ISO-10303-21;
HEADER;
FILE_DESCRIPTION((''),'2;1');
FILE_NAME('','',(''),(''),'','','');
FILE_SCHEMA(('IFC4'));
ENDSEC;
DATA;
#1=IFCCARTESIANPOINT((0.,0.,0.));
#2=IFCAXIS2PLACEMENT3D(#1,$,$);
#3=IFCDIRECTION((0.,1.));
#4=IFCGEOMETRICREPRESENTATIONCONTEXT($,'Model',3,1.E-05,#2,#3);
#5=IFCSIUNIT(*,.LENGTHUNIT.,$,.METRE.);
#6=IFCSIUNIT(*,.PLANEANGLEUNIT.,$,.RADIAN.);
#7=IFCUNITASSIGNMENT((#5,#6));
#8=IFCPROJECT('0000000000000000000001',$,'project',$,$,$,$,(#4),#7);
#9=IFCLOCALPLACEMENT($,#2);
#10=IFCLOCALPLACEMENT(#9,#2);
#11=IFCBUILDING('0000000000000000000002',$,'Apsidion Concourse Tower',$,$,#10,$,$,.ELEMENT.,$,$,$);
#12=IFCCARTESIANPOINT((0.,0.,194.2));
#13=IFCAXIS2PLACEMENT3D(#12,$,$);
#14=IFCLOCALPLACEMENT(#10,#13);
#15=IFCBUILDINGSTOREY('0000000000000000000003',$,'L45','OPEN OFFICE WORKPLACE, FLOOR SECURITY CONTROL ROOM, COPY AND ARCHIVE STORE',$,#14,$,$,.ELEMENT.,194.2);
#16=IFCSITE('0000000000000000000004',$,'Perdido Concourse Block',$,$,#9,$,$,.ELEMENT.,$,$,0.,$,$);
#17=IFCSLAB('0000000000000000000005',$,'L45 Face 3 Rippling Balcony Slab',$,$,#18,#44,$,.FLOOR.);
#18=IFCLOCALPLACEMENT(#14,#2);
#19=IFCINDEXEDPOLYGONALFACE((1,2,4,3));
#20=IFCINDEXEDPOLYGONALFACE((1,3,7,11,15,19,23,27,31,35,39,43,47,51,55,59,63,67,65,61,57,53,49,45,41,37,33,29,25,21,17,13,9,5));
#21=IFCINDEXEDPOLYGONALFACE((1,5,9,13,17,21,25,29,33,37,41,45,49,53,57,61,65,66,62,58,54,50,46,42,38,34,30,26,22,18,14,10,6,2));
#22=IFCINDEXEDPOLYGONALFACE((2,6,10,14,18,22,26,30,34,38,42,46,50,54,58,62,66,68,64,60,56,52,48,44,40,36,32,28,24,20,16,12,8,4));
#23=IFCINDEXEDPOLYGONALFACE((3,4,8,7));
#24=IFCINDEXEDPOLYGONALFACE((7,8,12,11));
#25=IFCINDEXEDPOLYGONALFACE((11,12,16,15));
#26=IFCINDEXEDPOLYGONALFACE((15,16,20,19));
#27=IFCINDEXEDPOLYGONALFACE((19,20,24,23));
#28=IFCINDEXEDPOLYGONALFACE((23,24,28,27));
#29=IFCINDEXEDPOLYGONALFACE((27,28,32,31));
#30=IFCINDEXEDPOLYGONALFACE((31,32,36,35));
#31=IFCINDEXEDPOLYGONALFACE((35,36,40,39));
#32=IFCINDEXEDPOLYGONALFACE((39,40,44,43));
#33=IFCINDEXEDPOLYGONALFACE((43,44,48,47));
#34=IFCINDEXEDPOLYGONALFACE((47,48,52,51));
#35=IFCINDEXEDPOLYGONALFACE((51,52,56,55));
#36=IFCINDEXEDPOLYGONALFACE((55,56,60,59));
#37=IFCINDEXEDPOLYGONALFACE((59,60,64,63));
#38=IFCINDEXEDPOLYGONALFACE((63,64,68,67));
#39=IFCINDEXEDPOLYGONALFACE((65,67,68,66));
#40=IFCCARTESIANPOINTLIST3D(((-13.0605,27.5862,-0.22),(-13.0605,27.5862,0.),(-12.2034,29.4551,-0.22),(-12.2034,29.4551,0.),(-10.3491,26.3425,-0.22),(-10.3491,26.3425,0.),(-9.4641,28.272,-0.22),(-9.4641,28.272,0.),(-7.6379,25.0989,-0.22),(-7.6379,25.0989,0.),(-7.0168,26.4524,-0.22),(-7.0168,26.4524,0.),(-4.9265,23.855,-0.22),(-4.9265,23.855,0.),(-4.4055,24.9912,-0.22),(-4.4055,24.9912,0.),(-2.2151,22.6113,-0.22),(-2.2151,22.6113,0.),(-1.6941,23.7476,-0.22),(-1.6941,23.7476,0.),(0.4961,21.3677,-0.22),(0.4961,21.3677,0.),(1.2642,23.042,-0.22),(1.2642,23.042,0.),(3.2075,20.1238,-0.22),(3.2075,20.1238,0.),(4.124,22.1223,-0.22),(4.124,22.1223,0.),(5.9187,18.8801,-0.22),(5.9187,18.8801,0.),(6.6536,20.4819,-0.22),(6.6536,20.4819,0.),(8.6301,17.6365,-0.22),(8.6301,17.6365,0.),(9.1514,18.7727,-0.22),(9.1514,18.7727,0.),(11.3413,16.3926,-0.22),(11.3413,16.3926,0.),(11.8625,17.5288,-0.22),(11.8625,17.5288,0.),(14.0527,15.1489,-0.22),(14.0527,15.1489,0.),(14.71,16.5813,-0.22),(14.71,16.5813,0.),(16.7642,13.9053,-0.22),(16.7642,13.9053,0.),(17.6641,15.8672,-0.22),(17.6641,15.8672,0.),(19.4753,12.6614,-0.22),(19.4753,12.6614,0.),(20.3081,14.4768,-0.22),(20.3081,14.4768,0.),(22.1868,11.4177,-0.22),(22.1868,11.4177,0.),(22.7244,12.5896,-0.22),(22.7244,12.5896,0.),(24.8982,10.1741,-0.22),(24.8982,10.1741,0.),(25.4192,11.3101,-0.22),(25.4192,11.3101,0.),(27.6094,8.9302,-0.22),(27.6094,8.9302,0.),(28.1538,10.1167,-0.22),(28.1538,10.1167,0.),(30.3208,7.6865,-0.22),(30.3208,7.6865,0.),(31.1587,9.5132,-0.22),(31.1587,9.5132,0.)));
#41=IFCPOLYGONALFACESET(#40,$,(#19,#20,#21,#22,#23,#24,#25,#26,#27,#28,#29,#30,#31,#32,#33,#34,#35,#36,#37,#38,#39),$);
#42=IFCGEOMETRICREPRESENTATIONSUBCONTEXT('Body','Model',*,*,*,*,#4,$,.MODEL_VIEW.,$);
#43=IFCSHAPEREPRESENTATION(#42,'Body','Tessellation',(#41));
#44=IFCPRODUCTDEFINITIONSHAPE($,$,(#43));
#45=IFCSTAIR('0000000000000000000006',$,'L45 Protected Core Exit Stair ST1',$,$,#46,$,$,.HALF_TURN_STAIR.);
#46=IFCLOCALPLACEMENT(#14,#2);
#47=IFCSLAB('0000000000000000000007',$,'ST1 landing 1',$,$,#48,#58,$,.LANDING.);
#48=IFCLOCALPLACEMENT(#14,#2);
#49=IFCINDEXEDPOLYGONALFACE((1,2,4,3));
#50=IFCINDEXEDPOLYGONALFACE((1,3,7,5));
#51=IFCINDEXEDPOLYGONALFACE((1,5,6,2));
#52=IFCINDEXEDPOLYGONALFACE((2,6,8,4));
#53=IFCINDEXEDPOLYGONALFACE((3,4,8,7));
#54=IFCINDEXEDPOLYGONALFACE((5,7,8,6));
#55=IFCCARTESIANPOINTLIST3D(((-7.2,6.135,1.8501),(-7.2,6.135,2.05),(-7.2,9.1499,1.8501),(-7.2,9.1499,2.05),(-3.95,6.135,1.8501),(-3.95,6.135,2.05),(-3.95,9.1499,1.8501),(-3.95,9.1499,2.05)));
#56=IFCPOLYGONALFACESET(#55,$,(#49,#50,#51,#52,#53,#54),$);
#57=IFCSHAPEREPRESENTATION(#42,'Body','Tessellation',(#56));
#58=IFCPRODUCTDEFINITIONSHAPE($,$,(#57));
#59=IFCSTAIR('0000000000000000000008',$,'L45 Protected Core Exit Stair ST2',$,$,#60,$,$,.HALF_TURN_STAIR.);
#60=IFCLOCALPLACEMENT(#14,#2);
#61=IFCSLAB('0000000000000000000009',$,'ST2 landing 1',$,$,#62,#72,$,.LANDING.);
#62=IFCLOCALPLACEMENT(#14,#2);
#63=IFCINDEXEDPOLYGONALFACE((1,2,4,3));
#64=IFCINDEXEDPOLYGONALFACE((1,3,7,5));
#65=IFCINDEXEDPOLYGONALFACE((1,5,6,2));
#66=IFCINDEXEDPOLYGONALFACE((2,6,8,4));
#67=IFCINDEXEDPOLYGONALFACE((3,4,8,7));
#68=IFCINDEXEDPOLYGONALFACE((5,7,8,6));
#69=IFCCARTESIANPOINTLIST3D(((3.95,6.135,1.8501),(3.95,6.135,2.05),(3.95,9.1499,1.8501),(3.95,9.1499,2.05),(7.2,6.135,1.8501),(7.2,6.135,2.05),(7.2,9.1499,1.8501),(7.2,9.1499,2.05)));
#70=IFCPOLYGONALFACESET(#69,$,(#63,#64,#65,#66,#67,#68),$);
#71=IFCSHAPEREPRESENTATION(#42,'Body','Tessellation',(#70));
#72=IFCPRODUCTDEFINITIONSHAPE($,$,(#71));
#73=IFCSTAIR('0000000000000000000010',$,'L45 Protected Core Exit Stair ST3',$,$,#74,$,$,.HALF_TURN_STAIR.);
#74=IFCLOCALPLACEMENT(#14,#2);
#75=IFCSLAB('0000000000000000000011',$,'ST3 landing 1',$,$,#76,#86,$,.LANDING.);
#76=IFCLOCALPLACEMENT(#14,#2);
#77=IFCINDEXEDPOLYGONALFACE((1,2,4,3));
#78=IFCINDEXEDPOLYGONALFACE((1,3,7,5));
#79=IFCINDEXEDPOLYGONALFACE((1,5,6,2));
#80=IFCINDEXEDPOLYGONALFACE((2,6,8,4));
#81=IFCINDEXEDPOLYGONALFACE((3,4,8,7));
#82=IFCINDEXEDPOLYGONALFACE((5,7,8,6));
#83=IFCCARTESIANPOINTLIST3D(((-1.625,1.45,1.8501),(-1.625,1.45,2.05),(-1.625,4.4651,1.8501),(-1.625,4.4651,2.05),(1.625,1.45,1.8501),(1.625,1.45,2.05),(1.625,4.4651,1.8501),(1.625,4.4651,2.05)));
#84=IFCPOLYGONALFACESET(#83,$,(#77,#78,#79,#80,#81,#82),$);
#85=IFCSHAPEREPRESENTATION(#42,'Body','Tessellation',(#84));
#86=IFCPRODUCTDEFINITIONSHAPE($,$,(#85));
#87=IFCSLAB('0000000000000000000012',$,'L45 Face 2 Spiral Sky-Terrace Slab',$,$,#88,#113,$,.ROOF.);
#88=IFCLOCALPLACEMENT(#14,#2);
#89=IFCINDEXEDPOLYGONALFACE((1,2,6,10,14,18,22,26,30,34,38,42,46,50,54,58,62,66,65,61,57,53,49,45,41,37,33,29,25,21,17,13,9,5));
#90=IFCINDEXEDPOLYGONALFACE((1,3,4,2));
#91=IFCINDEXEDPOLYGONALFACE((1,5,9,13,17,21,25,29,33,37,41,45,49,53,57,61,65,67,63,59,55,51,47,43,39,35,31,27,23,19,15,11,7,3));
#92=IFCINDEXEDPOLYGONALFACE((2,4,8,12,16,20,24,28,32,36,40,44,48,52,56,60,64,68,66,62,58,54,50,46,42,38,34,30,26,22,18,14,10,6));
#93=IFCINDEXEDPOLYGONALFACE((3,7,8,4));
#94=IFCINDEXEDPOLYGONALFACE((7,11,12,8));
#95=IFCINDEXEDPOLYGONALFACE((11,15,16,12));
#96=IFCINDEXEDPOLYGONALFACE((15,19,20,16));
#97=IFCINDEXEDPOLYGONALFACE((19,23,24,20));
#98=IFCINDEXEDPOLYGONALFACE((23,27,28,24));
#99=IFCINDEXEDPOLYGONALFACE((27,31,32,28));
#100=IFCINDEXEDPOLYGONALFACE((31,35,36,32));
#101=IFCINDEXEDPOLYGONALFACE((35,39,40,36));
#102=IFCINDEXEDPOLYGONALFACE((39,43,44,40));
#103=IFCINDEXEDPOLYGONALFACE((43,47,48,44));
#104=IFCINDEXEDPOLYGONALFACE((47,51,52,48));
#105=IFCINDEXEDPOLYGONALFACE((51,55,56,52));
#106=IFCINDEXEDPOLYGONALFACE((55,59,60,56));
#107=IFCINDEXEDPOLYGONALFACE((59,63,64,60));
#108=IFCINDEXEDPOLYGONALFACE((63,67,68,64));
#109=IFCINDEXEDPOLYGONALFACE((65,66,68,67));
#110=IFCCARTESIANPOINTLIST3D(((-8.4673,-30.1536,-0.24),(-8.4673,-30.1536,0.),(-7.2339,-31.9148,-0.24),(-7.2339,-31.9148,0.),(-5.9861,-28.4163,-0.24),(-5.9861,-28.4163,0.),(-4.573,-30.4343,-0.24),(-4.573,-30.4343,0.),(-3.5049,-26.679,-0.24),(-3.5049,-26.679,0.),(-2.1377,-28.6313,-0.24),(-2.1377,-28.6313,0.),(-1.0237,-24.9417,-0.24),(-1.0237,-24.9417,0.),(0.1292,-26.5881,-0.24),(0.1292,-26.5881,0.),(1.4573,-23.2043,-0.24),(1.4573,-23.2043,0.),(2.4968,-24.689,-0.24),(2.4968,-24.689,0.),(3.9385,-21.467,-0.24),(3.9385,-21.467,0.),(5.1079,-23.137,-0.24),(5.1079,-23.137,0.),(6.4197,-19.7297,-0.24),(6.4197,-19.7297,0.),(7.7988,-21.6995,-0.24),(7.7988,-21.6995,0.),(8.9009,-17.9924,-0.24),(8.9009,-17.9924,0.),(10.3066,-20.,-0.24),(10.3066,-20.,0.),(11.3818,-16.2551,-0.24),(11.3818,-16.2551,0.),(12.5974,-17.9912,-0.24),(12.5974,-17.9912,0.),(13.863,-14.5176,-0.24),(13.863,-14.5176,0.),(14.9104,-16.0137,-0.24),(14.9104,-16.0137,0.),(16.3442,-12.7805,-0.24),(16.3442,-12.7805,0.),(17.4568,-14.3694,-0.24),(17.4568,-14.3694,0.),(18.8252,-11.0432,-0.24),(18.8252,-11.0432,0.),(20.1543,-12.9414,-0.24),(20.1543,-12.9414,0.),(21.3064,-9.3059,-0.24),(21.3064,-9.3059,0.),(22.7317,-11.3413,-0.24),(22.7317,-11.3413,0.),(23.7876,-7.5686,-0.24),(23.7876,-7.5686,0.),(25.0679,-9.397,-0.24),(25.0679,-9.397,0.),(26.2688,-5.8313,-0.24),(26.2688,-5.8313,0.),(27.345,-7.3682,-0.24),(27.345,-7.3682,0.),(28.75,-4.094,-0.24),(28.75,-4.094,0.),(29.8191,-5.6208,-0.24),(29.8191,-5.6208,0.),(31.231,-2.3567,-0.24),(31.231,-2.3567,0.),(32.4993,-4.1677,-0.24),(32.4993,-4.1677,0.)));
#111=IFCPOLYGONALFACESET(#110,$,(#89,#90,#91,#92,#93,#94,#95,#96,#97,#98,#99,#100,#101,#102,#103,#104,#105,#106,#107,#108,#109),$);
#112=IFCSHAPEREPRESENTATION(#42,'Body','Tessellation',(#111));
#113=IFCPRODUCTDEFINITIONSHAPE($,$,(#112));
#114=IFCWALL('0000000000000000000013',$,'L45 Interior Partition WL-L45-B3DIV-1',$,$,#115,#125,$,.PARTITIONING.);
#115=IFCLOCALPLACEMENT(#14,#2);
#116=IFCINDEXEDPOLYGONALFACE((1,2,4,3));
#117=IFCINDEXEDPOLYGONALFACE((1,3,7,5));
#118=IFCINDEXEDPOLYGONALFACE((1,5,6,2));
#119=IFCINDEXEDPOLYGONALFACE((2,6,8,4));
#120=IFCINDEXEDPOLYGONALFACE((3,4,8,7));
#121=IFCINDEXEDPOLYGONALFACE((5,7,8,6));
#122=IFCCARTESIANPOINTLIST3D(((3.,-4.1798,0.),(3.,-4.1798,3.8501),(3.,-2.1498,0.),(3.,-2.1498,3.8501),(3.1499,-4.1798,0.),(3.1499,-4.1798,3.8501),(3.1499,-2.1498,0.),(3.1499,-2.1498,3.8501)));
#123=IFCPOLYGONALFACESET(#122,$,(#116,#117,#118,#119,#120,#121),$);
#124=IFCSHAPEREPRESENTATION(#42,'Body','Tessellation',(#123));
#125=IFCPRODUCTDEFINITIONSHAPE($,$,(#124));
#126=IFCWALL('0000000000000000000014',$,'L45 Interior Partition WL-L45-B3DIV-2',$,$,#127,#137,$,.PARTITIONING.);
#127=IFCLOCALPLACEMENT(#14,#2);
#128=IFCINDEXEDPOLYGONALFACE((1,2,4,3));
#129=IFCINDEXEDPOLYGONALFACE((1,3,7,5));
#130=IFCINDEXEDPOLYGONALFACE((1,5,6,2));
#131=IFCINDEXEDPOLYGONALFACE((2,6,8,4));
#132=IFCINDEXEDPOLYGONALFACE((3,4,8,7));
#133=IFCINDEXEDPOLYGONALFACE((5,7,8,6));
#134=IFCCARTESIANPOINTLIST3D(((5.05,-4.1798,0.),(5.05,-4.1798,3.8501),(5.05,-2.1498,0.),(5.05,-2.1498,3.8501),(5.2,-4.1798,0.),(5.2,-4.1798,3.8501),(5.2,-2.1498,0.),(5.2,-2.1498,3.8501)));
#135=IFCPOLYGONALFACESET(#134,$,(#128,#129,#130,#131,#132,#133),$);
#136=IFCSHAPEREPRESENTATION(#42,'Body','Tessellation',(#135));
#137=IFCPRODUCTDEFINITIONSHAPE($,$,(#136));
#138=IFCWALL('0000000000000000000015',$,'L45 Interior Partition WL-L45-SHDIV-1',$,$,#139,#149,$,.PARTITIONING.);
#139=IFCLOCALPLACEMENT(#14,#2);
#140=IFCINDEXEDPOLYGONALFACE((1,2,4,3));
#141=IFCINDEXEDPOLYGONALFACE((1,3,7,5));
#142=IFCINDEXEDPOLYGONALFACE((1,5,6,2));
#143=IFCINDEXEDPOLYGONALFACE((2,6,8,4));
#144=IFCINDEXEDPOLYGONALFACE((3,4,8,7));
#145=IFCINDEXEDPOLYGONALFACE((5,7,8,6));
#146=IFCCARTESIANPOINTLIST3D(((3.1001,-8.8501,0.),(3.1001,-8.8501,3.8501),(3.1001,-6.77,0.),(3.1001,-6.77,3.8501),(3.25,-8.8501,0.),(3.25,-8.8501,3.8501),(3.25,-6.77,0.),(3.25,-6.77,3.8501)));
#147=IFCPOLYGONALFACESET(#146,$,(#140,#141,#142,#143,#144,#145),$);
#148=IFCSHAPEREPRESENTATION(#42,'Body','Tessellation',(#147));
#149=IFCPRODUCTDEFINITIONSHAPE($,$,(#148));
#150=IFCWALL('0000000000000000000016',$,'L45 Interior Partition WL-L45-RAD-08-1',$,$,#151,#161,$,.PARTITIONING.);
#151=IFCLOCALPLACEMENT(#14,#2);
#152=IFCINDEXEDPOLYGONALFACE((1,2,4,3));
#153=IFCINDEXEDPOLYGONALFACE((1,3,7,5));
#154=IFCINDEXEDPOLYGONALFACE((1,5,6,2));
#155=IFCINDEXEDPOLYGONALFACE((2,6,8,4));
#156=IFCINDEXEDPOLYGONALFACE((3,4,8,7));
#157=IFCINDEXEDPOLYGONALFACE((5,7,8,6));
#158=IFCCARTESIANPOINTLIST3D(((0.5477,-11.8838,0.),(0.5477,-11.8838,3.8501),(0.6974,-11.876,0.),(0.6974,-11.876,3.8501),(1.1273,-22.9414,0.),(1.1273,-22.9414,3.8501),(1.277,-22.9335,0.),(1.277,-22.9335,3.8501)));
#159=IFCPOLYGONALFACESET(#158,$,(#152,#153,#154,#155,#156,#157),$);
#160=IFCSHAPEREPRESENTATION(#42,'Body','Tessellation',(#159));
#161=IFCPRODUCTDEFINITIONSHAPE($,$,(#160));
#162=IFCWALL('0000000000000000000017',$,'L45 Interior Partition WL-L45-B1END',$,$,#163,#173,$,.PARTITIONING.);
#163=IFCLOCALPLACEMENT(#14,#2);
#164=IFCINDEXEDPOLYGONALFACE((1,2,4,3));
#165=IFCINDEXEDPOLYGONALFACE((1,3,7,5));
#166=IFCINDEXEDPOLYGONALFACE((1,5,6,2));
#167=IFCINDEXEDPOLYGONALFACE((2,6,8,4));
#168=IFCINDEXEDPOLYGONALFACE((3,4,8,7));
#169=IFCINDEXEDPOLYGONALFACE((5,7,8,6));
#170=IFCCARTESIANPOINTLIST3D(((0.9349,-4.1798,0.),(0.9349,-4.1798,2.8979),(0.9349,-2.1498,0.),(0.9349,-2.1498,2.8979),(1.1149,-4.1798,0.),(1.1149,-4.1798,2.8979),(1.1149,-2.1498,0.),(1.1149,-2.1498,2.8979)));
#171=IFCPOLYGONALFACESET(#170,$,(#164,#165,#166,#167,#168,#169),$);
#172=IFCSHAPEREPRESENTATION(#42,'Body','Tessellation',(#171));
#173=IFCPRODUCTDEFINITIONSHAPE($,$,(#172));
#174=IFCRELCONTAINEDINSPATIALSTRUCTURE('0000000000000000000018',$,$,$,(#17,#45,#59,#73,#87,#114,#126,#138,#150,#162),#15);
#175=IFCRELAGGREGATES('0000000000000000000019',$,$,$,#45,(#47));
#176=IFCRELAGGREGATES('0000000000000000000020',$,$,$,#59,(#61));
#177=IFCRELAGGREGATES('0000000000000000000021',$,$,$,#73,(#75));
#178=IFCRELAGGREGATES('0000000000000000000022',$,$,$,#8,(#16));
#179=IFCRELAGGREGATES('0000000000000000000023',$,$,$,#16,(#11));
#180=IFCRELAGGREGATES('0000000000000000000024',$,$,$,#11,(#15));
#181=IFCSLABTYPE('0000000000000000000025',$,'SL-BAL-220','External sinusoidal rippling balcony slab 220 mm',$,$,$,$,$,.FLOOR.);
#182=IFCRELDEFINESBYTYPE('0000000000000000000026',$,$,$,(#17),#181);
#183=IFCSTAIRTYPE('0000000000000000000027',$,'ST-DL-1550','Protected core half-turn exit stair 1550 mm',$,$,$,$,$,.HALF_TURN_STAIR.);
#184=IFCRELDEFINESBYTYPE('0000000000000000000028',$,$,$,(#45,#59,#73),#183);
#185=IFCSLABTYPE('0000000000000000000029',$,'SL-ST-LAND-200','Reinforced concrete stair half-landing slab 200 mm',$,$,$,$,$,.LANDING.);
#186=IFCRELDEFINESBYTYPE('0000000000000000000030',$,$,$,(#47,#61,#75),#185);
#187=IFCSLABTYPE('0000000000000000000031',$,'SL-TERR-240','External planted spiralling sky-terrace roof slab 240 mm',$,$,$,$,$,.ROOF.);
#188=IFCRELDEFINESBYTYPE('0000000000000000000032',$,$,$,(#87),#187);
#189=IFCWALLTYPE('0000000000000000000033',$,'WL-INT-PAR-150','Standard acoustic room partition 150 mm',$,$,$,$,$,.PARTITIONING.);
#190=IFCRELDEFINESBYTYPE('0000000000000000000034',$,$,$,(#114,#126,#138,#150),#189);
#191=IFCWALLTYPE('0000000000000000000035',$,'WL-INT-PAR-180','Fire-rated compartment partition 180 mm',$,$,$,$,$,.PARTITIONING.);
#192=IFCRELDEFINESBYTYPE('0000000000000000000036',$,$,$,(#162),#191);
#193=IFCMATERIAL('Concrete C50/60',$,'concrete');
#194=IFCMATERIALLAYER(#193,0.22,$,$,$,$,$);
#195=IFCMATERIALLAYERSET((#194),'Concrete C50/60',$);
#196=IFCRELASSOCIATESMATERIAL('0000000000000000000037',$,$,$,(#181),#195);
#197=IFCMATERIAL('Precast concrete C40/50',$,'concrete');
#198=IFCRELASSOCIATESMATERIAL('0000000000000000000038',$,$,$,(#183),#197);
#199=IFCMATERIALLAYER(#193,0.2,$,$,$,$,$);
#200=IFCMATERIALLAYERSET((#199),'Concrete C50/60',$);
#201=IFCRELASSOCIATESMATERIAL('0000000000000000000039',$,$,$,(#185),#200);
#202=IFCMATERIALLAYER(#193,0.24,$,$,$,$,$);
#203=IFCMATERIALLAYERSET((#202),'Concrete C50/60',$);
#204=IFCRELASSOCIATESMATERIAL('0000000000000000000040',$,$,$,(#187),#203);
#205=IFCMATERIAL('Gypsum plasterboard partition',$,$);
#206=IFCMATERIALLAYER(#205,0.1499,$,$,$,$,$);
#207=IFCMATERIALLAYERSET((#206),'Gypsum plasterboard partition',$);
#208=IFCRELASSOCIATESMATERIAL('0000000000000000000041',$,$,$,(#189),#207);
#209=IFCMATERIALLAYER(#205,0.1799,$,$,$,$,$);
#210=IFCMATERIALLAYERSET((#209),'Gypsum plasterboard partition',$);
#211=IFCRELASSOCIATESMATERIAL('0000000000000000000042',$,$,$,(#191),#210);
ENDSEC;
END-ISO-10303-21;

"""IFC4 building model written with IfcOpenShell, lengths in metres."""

from ifc_helpers import new_model, si_unit, direction, frame, frame_2d, origin, place, context, subcontext, project, spatial, polyline, rectangle, outline, extrude, material, layer, layer_set, type_object, element, aggregate, save


model = new_model("IFC4")

# Units and contexts
model_context = context("Model", 3, precision=1e-05, world=origin(), true_north=direction((0.0, 1.0)))
body_context = subcontext(model_context, "Body", "Model", "MODEL_VIEW")
ifc_project = project(units=[si_unit("LENGTHUNIT", "METRE"), si_unit("PLANEANGLEUNIT", "RADIAN")], contexts=[model_context])

# Site, building, storey
site_placement = place(None, origin())
site = spatial("IfcSite", under=ifc_project, at=site_placement, Name="Perdido Concourse Block", CompositionType="ELEMENT", RefElevation=0.0)
building_placement = place(site_placement, origin())
building = spatial("IfcBuilding", under=site, at=building_placement, Name="Apsidion Concourse Tower", CompositionType="ELEMENT")
storey_placement = place(building_placement, frame((0.0, 0.0, 194.2)))
storey = spatial("IfcBuildingStorey", under=building, at=storey_placement, Name="L45", Description="OPEN OFFICE WORKPLACE, FLOOR SECURITY CONTROL ROOM, COPY AND ARCHIVE STORE", CompositionType="ELEMENT", Elevation=194.2)

# Shared definitions
ifc_material_1 = material(Name="Concrete C50/60", Category="concrete")

# Slab
ifc_layer_1 = layer(ifc_material_1, 0.22)
ifc_layer_set_1 = layer_set([ifc_layer_1], Name="Concrete C50/60")
slab_type_1 = type_object("IfcSlabType", Name="SL-BAL-220", Description="External sinusoidal rippling balcony slab 220 mm", PredefinedType="FLOOR", material=ifc_layer_set_1)
slab_1_placement = place(storey_placement, frame((0.0, 0.0, -0.22)))
element("IfcSlab", 1, at=slab_1_placement, inside=storey, type_object=slab_type_1, Name="L45 Face 3 Rippling Balcony Slab", PredefinedType="FLOOR", context=body_context, shape_type="SweptSolid", body=[
    extrude(outline(polyline([(30.3208, 7.6865), (27.6094, 8.9302), (24.8982, 10.1741), (22.1868, 11.4177), (19.4753, 12.6614), (16.7642, 13.9053), (14.0527, 15.1489), (11.3413, 16.3926), (8.6301, 17.6365), (5.9187, 18.8801), (3.2075, 20.1238), (0.4961, 21.3677), (-2.2151, 22.6113), (-4.9265, 23.855), (-7.6379, 25.0989), (-10.3491, 26.3425), (-13.0605, 27.5862), (-12.2034, 29.4551), (-9.4641, 28.272), (-7.0168, 26.4524), (-4.4055, 24.9912), (-1.6941, 23.7476), (1.2642, 23.042), (4.124, 22.1223), (6.6536, 20.4819), (9.1514, 18.7727), (11.8625, 17.5288), (14.71, 16.5813), (17.6641, 15.8672), (20.3081, 14.4768), (22.7244, 12.5896), (25.4192, 11.3101), (28.1538, 10.1167), (31.1587, 9.5132), (30.3208, 7.6865)])), origin(), (0.0, 0.0, 1.0), 0.22),
])

# Stairs, slabs
ifc_material_2 = material(Name="Precast concrete C40/50", Category="concrete")
stair_type = type_object("IfcStairType", Name="ST-DL-1550", Description="Protected core half-turn exit stair 1550 mm", PredefinedType="HALF_TURN_STAIR", material=ifc_material_2)
stair_1_placement = place(storey_placement, origin())
stair_1 = element("IfcStair", 2, at=stair_1_placement, inside=storey, type_object=stair_type, Name="L45 Protected Core Exit Stair ST1", PredefinedType="HALF_TURN_STAIR")
ifc_layer_2 = layer(ifc_material_1, 0.2)
ifc_layer_set_2 = layer_set([ifc_layer_2], Name="Concrete C50/60")
slab_type_2 = type_object("IfcSlabType", Name="SL-ST-LAND-200", Description="Reinforced concrete stair half-landing slab 200 mm", PredefinedType="LANDING", material=ifc_layer_set_2)
slab_2_placement = place(storey_placement, frame((0.0, 0.0, 1.8501)))
slab_2 = element("IfcSlab", 3, at=slab_2_placement, type_object=slab_type_2, Name="ST1 landing 1", PredefinedType="LANDING", context=body_context, shape_type="SweptSolid", body=[
    extrude(outline(polyline([(-3.95, 6.135), (-3.95, 9.1499), (-7.2, 9.1499), (-7.2, 6.135), (-3.95, 6.135)])), origin(), (0.0, 0.0, 1.0), 0.2),
])
aggregate(stair_1, [slab_2])
stair_2_placement = place(storey_placement, origin())
stair_2 = element("IfcStair", 4, at=stair_2_placement, inside=storey, type_object=stair_type, Name="L45 Protected Core Exit Stair ST2", PredefinedType="HALF_TURN_STAIR")
slab_3_placement = place(storey_placement, frame((0.0, 0.0, 1.8501)))
slab_3 = element("IfcSlab", 5, at=slab_3_placement, type_object=slab_type_2, Name="ST2 landing 1", PredefinedType="LANDING", context=body_context, shape_type="SweptSolid", body=[
    extrude(outline(polyline([(7.2, 6.135), (7.2, 9.1499), (3.95, 9.1499), (3.95, 6.135), (7.2, 6.135)])), origin(), (0.0, 0.0, 1.0), 0.2),
])
aggregate(stair_2, [slab_3])
stair_3_placement = place(storey_placement, origin())
stair_3 = element("IfcStair", 6, at=stair_3_placement, inside=storey, type_object=stair_type, Name="L45 Protected Core Exit Stair ST3", PredefinedType="HALF_TURN_STAIR")
slab_4_placement = place(storey_placement, frame((0.0, 0.0, 1.8501)))
slab_4 = element("IfcSlab", 7, at=slab_4_placement, type_object=slab_type_2, Name="ST3 landing 1", PredefinedType="LANDING", context=body_context, shape_type="SweptSolid", body=[
    extrude(outline(polyline([(-1.625, 4.4651), (-1.625, 1.45), (1.625, 1.45), (1.625, 4.4651), (-1.625, 4.4651)])), origin(), (0.0, 0.0, 1.0), 0.2),
])
aggregate(stair_3, [slab_4])

# Slab
ifc_layer_3 = layer(ifc_material_1, 0.24)
ifc_layer_set_3 = layer_set([ifc_layer_3], Name="Concrete C50/60")
slab_type_3 = type_object("IfcSlabType", Name="SL-TERR-240", Description="External planted spiralling sky-terrace roof slab 240 mm", PredefinedType="ROOF", material=ifc_layer_set_3)
slab_5_placement = place(storey_placement, frame((0.0, 0.0, -0.24)))
element("IfcSlab", 8, at=slab_5_placement, inside=storey, type_object=slab_type_3, Name="L45 Face 2 Spiral Sky-Terrace Slab", PredefinedType="ROOF", context=body_context, shape_type="SweptSolid", body=[
    extrude(outline(polyline([(-8.4673, -30.1536), (-5.9861, -28.4163), (-3.5049, -26.679), (-1.0237, -24.9417), (1.4573, -23.2043), (3.9385, -21.467), (6.4197, -19.7297), (8.9009, -17.9924), (11.3818, -16.2551), (13.863, -14.5176), (16.3442, -12.7805), (18.8252, -11.0432), (21.3064, -9.3059), (23.7876, -7.5686), (26.2688, -5.8313), (28.75, -4.094), (31.231, -2.3567), (32.4993, -4.1677), (29.8191, -5.6208), (27.345, -7.3682), (25.0679, -9.397), (22.7317, -11.3413), (20.1543, -12.9414), (17.4568, -14.3694), (14.9104, -16.0137), (12.5974, -17.9912), (10.3066, -20.0), (7.7988, -21.6995), (5.1079, -23.137), (2.4968, -24.689), (0.1292, -26.5881), (-2.1377, -28.6313), (-4.573, -30.4343), (-7.2339, -31.9148), (-8.4673, -30.1536)])), origin(), (0.0, 0.0, 1.0), 0.24),
])

# Walls
ifc_material_3 = material(Name="Gypsum plasterboard partition")
ifc_layer_4 = layer(ifc_material_3, 0.1499)
ifc_layer_set_4 = layer_set([ifc_layer_4], Name="Gypsum plasterboard partition")
wall_type_1 = type_object("IfcWallType", Name="WL-INT-PAR-150", Description="Standard acoustic room partition 150 mm", PredefinedType="PARTITIONING", material=ifc_layer_set_4)
for number, where, z_axis, x_axis, name in (
    (9, (3.075, -4.1799, 0.0), (0.0, 0.0, 1.0), (0.0, 1.0, 0.0), "L45 Interior Partition WL-L45-B3DIV-1"),
    (10, (5.125, -4.1799, 0.0), (0.0, 0.0, 1.0), (0.0, 1.0, 0.0), "L45 Interior Partition WL-L45-B3DIV-2"),
):
    element("IfcWall", number, at=place(storey_placement, frame(where, z_axis=z_axis, x_axis=x_axis)), inside=storey, type_object=wall_type_1, Name=name, PredefinedType="PARTITIONING", context=body_context, shape_type="SweptSolid", body=[
        extrude(rectangle(XDim=2.03, YDim=0.1499, at=frame_2d((1.0151, 0.0))), origin(), (0.0, 0.0, 1.0), 3.8501),
    ])
wall_1_placement = place(storey_placement, frame((3.175, -8.8501, 0.0), z_axis=(0.0, 0.0, 1.0), x_axis=(0.0, 1.0, 0.0)))
element("IfcWall", 11, at=wall_1_placement, inside=storey, type_object=wall_type_1, Name="L45 Interior Partition WL-L45-SHDIV-1", PredefinedType="PARTITIONING", context=body_context, shape_type="SweptSolid", body=[
    extrude(rectangle(XDim=2.0801, YDim=0.1499, at=frame_2d((1.04, 0.0))), origin(), (0.0, 0.0, 1.0), 3.8501),
])
wall_2_placement = place(storey_placement, frame((0.6226, -11.8799, 0.0), z_axis=(0.0, 0.0, 1.0), x_axis=(0.052344, -0.998629, 0.0)))
element("IfcWall", 12, at=wall_2_placement, inside=storey, type_object=wall_type_1, Name="L45 Interior Partition WL-L45-RAD-08-1", PredefinedType="PARTITIONING", context=body_context, shape_type="SweptSolid", body=[
    extrude(rectangle(XDim=11.0728, YDim=0.1499, at=frame_2d((5.5364, 0.0))), origin(), (0.0, 0.0, 1.0), 3.8501),
])
ifc_layer_5 = layer(ifc_material_3, 0.1799)
ifc_layer_set_5 = layer_set([ifc_layer_5], Name="Gypsum plasterboard partition")
wall_type_2 = type_object("IfcWallType", Name="WL-INT-PAR-180", Description="Fire-rated compartment partition 180 mm", PredefinedType="PARTITIONING", material=ifc_layer_set_5)
wall_3_placement = place(storey_placement, frame((1.0249, -4.1799, 0.0), z_axis=(0.0, 0.0, 1.0), x_axis=(0.0, 1.0, 0.0)))
element("IfcWall", 13, at=wall_3_placement, inside=storey, type_object=wall_type_2, Name="L45 Interior Partition WL-L45-B1END", PredefinedType="PARTITIONING", context=body_context, shape_type="SweptSolid", body=[
    extrude(rectangle(XDim=2.03, YDim=0.1799, at=frame_2d((1.0151, 0.0))), origin(), (0.0, 0.0, 1.0), 2.8979),
])

save(model, "model.ifc")
